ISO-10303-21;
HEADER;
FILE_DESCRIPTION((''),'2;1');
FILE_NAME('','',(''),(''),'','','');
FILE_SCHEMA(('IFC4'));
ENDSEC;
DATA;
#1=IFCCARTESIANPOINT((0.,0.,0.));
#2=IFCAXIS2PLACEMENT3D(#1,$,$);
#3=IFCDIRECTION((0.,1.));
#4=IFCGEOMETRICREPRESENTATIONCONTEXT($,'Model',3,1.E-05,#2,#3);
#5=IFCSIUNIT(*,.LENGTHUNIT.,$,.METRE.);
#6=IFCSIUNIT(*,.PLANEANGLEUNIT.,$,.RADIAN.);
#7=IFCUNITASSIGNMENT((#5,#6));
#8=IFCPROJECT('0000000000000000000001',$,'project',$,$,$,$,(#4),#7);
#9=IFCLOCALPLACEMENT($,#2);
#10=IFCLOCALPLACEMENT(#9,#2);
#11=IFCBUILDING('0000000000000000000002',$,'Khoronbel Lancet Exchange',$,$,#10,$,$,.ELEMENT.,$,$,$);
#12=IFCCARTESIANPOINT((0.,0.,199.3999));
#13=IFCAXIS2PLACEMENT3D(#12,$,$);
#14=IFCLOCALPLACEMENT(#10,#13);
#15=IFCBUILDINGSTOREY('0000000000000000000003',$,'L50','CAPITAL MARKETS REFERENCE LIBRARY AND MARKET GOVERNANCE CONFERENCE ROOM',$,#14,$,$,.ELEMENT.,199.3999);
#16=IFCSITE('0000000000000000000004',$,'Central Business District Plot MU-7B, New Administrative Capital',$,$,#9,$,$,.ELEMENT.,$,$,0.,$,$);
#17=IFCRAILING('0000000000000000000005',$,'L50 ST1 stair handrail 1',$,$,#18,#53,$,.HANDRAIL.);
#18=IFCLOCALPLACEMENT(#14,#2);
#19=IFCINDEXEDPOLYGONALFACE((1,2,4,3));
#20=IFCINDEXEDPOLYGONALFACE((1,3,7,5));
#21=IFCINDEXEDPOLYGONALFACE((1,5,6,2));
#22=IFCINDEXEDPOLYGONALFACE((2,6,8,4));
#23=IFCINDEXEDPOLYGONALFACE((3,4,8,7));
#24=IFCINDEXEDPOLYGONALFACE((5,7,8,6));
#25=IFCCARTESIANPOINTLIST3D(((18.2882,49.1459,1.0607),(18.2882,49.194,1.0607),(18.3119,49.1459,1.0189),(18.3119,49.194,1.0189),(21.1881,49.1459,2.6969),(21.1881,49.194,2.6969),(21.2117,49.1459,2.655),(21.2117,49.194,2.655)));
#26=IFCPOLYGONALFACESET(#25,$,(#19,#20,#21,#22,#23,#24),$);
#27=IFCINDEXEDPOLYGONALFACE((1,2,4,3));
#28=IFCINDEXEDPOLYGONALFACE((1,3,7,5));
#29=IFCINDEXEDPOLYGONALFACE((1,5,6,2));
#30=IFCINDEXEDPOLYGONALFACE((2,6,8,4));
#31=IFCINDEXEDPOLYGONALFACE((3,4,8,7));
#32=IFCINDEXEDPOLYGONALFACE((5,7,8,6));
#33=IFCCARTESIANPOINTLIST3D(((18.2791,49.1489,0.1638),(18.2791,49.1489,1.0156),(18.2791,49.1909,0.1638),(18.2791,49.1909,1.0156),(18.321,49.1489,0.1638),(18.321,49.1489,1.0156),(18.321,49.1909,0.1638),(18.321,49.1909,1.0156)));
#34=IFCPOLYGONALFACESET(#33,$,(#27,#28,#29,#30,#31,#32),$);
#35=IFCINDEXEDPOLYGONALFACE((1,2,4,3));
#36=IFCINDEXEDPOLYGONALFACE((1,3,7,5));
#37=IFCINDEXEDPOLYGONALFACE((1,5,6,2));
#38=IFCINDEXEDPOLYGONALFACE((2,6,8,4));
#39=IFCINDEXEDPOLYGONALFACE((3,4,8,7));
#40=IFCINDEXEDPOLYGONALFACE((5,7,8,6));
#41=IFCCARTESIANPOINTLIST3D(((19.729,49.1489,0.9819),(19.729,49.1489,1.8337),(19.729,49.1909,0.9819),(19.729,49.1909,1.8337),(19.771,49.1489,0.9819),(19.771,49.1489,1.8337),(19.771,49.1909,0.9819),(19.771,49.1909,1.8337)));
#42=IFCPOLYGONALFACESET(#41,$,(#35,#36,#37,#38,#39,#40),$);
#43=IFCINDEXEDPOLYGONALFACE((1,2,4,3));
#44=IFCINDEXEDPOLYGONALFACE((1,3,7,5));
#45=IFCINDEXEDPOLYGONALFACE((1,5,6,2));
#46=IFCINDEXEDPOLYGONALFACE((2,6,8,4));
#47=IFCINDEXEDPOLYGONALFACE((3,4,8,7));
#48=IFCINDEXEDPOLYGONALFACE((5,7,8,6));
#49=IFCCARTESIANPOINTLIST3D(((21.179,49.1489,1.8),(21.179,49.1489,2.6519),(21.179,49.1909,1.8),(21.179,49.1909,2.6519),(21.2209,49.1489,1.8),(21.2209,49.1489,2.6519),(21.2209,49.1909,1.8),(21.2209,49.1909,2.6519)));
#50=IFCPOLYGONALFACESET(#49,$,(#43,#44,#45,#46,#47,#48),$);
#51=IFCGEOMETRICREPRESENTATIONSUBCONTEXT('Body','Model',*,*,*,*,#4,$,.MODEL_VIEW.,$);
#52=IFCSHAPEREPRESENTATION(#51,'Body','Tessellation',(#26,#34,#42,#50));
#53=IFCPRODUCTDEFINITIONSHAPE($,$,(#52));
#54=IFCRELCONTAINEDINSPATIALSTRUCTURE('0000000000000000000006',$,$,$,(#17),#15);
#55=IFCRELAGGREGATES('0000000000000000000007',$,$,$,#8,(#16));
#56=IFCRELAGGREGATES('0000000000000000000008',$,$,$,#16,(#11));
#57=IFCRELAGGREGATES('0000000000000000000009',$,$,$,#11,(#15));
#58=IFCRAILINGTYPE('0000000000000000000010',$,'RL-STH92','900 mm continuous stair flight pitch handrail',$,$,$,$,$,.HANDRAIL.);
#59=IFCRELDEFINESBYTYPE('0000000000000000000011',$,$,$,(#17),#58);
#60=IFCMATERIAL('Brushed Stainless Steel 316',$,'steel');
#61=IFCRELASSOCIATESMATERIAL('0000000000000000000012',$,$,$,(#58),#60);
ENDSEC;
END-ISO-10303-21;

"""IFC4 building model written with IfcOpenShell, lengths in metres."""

from ifc_helpers import new_model, si_unit, direction, frame, origin, origin_2d, place, context, subcontext, project, spatial, rectangle, extrude, material, type_object, element, save


model = new_model("IFC4")

# Units and contexts
model_context = context("Model", 3, precision=1e-05, world=origin(), true_north=direction((0.0, 1.0)))
body_context = subcontext(model_context, "Body", "Model", "MODEL_VIEW")
ifc_project = project(units=[si_unit("LENGTHUNIT", "METRE"), si_unit("PLANEANGLEUNIT", "RADIAN")], contexts=[model_context])

# Site, building, storey
site_placement = place(None, origin())
site = spatial("IfcSite", under=ifc_project, at=site_placement, Name="Central Business District Plot MU-7B, New Administrative Capital", CompositionType="ELEMENT", RefElevation=0.0)
building_placement = place(site_placement, origin())
building = spatial("IfcBuilding", under=site, at=building_placement, Name="Khoronbel Lancet Exchange", CompositionType="ELEMENT")
storey_placement = place(building_placement, frame((0.0, 0.0, 199.3999)))
storey = spatial("IfcBuildingStorey", under=building, at=storey_placement, Name="L50", Description="CAPITAL MARKETS REFERENCE LIBRARY AND MARKET GOVERNANCE CONFERENCE ROOM", CompositionType="ELEMENT", Elevation=199.3999)

# Railing
ifc_material_1 = material(Name="Brushed Stainless Steel 316", Category="steel")
railing_type_1 = type_object("IfcRailingType", Name="RL-STH92", Description="900 mm continuous stair flight pitch handrail", PredefinedType="HANDRAIL", material=ifc_material_1)
railing_1_placement = place(storey_placement, frame((18.3, 49.1699, 0.1638)))
element("IfcRailing", 1, at=railing_1_placement, inside=storey, type_object=railing_type_1, Name="L50 ST1 stair handrail 1", PredefinedType="HANDRAIL", context=body_context, shape_type="SweptSolid", body=[
    extrude(rectangle(XDim=0.0481, YDim=0.0481, at=origin_2d()), frame((0.0, 0.0, 0.876), z_axis=(0.870929, 0.0, 0.49141), x_axis=(0.0, 1.0, 0.0)), (0.0, 0.0, 1.0), 3.3296),
    extrude(rectangle(XDim=0.042, YDim=0.042, at=origin_2d()), origin(), (0.0, 0.0, 1.0), 0.8518),
    extrude(rectangle(XDim=0.042, YDim=0.042, at=origin_2d()), frame((1.45, 0.0, 0.8181)), (0.0, 0.0, 1.0), 0.8518),
    extrude(rectangle(XDim=0.042, YDim=0.042, at=origin_2d()), frame((2.8999, 0.0, 1.6362)), (0.0, 0.0, 1.0), 0.8518),
])

save(model, "model.ifc")
